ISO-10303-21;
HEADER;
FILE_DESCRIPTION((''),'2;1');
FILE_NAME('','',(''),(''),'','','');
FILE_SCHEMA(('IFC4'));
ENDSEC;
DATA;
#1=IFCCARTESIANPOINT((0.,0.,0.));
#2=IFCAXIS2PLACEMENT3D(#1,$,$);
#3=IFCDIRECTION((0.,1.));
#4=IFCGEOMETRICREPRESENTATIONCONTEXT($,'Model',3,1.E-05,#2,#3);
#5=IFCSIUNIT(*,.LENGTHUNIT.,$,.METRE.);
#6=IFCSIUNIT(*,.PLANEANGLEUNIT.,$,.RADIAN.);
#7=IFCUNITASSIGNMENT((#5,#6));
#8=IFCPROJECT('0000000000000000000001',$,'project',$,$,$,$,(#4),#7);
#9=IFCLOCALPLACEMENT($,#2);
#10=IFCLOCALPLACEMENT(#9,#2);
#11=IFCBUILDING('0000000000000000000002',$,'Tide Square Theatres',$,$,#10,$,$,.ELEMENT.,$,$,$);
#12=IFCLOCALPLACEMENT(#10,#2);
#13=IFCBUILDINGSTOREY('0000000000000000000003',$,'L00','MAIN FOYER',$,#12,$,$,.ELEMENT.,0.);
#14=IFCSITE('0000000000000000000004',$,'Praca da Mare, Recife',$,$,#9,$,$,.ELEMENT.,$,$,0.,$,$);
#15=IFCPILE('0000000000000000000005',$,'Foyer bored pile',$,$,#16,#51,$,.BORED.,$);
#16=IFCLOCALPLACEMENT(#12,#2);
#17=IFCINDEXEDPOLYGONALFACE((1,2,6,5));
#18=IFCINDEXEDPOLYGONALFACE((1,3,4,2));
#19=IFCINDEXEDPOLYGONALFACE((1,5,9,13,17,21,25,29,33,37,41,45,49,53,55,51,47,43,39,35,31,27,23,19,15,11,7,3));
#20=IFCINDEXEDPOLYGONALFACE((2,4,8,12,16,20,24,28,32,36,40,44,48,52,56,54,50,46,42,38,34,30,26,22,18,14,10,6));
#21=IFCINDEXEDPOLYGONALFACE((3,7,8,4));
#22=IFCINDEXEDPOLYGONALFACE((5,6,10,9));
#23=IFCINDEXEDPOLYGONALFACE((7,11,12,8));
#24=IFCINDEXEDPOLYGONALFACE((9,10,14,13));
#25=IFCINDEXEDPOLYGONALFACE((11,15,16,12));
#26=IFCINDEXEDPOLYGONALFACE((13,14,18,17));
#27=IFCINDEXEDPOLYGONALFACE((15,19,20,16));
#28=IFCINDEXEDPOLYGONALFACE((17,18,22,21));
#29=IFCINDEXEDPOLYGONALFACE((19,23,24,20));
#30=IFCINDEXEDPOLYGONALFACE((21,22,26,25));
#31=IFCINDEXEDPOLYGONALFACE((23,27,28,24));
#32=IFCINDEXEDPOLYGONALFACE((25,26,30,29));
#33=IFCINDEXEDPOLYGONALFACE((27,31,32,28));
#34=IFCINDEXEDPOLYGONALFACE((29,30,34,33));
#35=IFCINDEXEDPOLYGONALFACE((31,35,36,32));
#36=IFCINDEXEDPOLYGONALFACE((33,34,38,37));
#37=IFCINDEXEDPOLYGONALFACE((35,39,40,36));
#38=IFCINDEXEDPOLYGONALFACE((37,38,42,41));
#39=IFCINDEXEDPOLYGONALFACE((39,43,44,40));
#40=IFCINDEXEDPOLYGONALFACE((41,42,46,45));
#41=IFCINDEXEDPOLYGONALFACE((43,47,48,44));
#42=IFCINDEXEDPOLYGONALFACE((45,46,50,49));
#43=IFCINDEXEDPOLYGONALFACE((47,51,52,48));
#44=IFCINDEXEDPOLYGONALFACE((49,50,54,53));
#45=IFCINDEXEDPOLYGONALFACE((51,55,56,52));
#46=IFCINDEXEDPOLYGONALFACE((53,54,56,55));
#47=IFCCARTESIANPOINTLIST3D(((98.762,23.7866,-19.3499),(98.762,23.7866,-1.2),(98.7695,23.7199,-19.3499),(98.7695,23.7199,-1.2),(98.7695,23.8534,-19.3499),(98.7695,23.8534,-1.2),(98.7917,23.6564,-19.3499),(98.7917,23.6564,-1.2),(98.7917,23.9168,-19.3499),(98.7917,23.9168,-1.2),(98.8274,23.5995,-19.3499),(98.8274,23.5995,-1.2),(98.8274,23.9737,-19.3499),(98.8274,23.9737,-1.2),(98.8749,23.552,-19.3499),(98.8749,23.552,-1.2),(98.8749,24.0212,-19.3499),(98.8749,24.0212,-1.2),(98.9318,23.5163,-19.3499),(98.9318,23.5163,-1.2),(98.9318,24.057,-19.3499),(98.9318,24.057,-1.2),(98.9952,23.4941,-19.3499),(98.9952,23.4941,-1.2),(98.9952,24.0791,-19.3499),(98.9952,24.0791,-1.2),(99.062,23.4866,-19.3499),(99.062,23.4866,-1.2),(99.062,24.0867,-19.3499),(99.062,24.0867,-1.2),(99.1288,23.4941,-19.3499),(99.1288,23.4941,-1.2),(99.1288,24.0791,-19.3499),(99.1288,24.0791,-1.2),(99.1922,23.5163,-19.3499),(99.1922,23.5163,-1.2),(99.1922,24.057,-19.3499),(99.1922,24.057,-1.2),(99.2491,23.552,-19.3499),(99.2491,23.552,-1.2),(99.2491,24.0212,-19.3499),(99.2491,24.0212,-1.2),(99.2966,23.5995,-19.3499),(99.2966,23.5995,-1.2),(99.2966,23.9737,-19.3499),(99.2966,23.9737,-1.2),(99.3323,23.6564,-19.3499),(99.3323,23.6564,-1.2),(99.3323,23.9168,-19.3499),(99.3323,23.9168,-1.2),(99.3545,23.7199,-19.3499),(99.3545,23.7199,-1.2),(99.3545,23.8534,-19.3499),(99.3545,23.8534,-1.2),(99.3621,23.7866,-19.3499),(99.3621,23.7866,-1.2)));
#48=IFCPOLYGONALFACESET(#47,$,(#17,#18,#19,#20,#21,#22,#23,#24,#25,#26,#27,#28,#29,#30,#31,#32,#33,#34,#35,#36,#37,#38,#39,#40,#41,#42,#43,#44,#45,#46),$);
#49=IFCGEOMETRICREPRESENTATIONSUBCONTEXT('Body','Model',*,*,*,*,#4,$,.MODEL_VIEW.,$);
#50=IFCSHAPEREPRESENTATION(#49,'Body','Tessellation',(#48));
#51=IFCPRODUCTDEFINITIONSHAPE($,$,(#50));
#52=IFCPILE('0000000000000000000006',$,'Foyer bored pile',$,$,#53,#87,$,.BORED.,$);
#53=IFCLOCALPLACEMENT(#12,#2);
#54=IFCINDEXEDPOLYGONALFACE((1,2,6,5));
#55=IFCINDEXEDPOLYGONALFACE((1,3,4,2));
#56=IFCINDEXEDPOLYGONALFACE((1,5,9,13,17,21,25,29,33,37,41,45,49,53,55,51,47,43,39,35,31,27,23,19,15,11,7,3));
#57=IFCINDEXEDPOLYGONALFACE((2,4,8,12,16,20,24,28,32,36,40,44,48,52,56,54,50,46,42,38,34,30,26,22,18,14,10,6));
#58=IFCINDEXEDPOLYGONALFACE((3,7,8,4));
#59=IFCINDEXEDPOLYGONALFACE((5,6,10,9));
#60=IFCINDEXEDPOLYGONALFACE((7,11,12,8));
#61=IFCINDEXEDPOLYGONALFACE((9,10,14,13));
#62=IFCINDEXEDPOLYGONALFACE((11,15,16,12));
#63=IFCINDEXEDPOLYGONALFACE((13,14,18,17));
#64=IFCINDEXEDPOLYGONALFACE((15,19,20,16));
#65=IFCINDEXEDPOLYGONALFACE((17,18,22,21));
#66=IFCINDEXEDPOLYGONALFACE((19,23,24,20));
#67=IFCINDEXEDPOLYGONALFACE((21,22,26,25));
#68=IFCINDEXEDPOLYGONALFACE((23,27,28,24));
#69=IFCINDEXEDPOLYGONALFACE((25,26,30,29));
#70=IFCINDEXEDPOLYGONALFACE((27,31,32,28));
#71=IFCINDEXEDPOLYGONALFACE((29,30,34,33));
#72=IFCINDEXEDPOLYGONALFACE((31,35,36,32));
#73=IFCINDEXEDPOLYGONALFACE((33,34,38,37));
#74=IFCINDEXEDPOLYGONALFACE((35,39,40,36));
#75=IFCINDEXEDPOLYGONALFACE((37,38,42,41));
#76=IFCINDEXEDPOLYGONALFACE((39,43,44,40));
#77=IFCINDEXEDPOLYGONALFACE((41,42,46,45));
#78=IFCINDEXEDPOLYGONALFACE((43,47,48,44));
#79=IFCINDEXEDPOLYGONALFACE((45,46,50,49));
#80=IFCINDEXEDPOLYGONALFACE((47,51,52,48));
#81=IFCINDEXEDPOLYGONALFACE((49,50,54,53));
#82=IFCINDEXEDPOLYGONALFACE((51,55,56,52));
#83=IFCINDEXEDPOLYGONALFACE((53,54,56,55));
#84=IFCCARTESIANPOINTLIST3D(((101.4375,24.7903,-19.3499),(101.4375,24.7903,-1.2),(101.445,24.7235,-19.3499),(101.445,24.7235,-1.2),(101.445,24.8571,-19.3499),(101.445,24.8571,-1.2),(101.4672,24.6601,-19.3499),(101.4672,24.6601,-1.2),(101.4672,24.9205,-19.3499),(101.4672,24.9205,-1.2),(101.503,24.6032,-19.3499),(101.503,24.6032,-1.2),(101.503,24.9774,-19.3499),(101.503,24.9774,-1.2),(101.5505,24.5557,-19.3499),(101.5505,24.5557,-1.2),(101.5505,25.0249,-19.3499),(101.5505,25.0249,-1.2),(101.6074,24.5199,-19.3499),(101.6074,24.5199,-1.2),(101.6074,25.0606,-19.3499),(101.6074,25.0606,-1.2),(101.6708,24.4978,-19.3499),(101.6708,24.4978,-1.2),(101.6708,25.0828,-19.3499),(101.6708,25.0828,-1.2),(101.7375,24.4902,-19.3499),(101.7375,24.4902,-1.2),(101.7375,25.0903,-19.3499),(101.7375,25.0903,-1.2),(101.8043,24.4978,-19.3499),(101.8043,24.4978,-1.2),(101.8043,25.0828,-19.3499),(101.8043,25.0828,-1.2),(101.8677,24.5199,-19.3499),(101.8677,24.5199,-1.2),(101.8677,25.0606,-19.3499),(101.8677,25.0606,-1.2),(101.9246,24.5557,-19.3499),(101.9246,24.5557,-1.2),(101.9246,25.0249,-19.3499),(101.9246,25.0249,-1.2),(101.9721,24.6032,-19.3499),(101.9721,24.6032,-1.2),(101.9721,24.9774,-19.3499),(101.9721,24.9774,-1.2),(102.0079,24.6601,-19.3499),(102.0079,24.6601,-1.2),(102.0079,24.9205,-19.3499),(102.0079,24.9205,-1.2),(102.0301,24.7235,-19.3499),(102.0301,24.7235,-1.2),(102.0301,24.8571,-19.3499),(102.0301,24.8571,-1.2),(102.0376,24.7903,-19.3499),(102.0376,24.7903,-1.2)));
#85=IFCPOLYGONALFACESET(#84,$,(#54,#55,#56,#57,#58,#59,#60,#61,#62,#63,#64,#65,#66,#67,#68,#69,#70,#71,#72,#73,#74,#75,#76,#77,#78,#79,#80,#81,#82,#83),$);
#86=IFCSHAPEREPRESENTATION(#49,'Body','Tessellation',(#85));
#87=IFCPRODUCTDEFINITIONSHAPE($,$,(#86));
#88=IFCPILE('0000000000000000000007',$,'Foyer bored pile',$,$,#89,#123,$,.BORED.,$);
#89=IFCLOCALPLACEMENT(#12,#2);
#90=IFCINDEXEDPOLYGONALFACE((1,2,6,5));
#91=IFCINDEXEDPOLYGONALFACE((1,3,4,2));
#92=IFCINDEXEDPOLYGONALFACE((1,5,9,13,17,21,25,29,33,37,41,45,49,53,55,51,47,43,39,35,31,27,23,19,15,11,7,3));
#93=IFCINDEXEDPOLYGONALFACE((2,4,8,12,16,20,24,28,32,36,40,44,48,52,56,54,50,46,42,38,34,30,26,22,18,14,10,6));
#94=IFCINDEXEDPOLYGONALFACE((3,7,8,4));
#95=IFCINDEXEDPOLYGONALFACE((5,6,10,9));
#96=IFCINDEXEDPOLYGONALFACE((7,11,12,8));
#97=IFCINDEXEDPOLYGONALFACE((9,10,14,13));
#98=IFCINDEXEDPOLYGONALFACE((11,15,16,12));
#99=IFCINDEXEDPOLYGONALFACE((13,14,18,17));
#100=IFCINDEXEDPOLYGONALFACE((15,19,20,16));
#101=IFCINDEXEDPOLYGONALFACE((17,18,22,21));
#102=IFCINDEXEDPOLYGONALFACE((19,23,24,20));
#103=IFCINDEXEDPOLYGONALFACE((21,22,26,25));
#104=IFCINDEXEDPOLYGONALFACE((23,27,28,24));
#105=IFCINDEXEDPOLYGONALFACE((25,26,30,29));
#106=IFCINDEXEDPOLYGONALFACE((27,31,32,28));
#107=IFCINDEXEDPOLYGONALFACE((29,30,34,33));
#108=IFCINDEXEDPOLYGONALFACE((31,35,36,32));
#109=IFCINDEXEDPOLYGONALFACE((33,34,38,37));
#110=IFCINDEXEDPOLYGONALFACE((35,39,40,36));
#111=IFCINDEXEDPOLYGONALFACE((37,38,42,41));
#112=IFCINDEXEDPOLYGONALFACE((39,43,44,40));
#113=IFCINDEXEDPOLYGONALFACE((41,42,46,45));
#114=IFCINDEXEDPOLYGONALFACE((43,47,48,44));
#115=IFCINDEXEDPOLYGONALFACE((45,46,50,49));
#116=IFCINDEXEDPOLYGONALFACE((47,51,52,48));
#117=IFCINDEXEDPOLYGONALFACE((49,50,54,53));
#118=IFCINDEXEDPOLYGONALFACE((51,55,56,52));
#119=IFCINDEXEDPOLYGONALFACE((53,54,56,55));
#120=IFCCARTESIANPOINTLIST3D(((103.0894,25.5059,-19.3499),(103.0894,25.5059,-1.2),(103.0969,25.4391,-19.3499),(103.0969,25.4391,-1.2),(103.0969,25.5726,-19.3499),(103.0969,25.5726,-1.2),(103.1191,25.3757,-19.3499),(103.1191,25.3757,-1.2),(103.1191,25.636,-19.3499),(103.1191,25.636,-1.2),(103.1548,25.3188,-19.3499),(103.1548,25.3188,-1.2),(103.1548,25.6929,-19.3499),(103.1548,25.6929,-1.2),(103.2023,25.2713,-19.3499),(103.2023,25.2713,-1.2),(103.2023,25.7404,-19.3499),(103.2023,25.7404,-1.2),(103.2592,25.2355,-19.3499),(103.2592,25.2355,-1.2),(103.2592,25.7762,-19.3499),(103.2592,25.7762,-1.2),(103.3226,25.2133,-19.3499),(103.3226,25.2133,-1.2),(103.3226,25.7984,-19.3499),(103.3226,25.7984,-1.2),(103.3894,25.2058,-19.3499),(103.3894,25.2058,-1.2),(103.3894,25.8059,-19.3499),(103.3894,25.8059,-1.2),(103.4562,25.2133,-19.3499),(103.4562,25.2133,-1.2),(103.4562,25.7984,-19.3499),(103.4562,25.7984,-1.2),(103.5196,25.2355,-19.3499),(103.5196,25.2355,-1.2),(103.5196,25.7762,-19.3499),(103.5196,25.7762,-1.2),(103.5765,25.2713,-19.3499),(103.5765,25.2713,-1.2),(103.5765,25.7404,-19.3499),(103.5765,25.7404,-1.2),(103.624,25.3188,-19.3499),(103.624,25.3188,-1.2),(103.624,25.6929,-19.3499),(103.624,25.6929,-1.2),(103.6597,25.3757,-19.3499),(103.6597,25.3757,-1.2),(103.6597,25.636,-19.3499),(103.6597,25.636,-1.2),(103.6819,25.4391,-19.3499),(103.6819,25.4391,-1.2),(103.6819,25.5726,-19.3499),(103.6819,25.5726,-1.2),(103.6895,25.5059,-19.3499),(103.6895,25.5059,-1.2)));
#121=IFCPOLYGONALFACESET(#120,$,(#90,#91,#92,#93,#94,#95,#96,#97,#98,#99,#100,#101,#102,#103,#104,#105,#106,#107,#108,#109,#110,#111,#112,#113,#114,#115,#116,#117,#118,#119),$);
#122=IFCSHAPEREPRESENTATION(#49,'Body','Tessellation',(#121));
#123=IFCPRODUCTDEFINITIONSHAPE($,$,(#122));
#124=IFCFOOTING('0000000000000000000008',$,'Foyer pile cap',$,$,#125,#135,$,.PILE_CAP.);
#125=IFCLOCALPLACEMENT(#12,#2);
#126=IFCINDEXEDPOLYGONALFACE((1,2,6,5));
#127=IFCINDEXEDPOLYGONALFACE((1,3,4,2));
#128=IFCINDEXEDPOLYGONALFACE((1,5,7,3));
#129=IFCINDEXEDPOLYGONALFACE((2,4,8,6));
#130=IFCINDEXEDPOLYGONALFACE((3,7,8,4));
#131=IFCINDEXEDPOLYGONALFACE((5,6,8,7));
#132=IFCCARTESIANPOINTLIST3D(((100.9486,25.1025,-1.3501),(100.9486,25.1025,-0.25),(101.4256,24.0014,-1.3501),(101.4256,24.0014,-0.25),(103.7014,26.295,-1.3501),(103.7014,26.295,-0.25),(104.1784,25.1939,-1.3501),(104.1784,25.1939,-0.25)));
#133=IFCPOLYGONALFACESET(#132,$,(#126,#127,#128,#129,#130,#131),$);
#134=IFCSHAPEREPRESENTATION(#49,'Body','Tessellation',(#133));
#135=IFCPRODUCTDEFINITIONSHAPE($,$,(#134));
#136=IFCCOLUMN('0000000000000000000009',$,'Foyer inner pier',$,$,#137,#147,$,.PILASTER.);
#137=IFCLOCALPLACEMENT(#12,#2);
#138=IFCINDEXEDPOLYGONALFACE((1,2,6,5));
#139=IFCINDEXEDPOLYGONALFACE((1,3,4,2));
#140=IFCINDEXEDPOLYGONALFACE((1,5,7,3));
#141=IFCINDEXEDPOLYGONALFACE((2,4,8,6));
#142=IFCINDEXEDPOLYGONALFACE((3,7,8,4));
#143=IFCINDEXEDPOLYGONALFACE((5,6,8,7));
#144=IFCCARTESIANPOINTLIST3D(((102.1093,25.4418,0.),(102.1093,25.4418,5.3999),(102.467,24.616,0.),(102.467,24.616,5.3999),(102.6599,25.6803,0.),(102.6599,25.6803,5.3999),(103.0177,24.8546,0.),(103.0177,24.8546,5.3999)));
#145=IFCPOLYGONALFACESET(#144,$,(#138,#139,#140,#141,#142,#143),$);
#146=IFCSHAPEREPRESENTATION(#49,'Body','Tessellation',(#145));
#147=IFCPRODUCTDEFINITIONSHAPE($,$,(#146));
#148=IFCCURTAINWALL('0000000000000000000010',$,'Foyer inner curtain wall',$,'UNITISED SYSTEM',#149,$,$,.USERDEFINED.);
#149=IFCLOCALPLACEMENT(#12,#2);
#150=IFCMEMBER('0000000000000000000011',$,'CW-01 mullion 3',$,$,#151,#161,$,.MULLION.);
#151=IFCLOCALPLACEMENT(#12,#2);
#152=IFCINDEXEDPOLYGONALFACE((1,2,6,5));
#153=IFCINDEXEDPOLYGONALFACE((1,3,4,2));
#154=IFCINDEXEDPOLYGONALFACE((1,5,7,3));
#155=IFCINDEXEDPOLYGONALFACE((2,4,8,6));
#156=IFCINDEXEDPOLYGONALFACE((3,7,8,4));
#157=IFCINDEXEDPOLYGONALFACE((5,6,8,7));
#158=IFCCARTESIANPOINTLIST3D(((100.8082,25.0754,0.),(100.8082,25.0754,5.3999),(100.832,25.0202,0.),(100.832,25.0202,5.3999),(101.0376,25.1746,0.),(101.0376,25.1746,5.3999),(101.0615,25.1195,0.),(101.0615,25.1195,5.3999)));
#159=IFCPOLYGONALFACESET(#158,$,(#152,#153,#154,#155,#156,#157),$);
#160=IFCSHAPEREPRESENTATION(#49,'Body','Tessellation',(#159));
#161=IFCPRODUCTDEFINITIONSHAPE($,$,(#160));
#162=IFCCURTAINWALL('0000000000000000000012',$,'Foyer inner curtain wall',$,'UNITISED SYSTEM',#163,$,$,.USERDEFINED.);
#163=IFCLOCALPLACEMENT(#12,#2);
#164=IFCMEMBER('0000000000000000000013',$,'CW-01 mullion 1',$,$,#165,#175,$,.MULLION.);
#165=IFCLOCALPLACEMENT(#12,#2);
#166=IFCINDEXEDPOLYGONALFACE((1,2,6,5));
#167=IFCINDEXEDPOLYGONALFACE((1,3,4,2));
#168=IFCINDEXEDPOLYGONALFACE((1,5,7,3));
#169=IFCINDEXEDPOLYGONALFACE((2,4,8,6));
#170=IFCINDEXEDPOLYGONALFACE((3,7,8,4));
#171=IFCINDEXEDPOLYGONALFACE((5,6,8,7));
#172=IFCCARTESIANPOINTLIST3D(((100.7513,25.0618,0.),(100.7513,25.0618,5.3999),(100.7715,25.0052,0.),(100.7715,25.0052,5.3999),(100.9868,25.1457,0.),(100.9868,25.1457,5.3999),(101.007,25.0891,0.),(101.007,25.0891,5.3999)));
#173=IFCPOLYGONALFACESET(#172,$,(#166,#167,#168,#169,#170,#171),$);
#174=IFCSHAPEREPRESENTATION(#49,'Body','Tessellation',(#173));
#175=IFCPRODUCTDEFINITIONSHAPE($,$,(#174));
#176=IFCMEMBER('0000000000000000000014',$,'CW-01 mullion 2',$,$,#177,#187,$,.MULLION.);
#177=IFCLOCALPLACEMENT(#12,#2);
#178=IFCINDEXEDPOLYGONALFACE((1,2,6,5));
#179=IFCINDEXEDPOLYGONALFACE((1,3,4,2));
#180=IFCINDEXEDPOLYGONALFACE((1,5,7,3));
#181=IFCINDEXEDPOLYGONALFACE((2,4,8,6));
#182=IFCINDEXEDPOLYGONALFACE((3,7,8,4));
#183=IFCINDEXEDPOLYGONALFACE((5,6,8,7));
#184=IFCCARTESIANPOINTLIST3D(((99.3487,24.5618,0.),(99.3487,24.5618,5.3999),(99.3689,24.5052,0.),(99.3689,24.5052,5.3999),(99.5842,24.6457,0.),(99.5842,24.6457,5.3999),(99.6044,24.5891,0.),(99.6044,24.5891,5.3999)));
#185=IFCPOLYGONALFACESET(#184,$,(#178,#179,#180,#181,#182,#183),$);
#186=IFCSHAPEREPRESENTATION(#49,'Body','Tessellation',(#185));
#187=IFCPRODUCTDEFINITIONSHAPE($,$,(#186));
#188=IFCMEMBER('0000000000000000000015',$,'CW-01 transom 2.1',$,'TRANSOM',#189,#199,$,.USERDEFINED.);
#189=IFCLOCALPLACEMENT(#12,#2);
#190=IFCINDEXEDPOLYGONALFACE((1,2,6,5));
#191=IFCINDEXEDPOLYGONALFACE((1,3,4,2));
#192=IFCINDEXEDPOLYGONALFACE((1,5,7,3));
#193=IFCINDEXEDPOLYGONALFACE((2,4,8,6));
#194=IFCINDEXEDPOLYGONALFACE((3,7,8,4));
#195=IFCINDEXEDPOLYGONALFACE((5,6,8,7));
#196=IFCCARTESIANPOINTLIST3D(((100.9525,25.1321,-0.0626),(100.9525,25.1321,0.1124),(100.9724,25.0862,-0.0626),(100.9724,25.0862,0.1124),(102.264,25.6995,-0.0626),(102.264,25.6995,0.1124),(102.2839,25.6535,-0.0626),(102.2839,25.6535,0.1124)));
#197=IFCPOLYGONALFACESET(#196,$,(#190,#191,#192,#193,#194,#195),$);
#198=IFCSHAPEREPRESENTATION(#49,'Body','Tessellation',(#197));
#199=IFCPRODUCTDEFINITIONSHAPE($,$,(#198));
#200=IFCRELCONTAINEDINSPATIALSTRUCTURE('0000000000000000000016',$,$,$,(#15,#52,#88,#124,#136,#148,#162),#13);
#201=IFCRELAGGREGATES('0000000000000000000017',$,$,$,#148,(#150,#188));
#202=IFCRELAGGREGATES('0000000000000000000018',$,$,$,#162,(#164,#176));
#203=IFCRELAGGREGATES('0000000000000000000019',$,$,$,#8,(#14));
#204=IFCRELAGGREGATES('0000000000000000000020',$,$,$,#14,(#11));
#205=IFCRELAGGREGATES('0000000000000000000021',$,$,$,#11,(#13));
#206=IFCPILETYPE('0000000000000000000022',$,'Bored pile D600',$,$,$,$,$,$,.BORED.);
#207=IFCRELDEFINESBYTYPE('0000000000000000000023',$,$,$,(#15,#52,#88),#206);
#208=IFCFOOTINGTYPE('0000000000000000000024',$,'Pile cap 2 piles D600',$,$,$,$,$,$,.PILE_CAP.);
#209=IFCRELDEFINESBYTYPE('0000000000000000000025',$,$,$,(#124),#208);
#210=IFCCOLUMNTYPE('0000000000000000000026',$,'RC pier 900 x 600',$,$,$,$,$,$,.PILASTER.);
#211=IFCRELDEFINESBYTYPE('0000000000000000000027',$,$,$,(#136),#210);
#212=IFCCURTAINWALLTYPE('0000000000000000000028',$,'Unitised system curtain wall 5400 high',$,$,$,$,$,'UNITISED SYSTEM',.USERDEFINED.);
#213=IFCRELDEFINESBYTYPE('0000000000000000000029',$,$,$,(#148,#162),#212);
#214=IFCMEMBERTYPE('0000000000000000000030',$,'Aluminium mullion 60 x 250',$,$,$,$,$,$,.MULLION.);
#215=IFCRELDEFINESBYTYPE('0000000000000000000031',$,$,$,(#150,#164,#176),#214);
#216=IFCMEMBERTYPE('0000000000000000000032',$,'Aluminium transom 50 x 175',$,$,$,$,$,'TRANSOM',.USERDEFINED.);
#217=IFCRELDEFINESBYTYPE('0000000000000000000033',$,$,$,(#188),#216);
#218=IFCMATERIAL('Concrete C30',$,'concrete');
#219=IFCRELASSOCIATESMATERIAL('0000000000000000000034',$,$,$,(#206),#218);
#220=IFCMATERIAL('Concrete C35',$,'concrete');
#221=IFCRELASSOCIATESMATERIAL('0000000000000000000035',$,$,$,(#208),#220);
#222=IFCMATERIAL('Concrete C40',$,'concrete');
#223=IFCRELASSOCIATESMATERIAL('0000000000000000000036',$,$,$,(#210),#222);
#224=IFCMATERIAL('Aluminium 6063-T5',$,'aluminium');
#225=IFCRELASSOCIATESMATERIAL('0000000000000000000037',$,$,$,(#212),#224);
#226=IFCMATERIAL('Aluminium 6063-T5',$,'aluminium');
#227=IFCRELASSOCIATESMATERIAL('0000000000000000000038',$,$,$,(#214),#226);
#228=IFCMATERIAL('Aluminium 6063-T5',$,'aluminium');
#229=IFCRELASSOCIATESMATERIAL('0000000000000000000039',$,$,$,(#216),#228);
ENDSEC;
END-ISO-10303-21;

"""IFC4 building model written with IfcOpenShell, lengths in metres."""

from ifc_helpers import new_model, si_unit, direction, frame, origin, origin_2d, place, context, subcontext, project, spatial, rectangle, circle, extrude, material, material_profile, profile_set, type_object, element, aggregate, save


model = new_model("IFC4")

# Units and contexts
model_context = context("Model", 3, precision=1e-05, world=origin(), true_north=direction((0.0, 1.0)))
body_context = subcontext(model_context, "Body", "Model", "MODEL_VIEW")
ifc_project = project(units=[si_unit("LENGTHUNIT", "METRE"), si_unit("PLANEANGLEUNIT", "RADIAN")], contexts=[model_context])

# Site, building, storey
site_placement = place(None, origin())
site = spatial("IfcSite", under=ifc_project, at=site_placement, Name="Praca da Mare, Recife", CompositionType="ELEMENT", RefElevation=0.0)
building_placement = place(site_placement, origin())
building = spatial("IfcBuilding", under=site, at=building_placement, Name="Tide Square Theatres", CompositionType="ELEMENT")
storey_placement = place(building_placement, origin())
storey = spatial("IfcBuildingStorey", under=building, at=storey_placement, Name="L00", Description="MAIN FOYER", CompositionType="ELEMENT", Elevation=0.0)

# Piles
ifc_material_1 = material(Name="Concrete C30", Category="concrete")
ifc_material_profile_1 = material_profile(ifc_material_1, circle(Radius=0.3, at=origin_2d()))
ifc_profile_set_1 = profile_set([ifc_material_profile_1], Name="Concrete C30")
pile_type = type_object("IfcPileType", Name="Bored pile D600", PredefinedType="BORED", material=ifc_profile_set_1)
for number, where, z_axis, x_axis, name in (
    (1, (99.062, 23.7866, -1.2), (0.0, 0.0, -1.0), (1.0, 0.0, 0.0), "Foyer bored pile"),
    (2, (101.7375, 24.7903, -1.2), (0.0, 0.0, -1.0), (1.0, 0.0, 0.0), "Foyer bored pile"),
    (3, (103.3894, 25.5059, -1.2), (0.0, 0.0, -1.0), (1.0, 0.0, 0.0), "Foyer bored pile"),
):
    element("IfcPile", number, at=place(storey_placement, frame(where, z_axis=z_axis, x_axis=x_axis)), inside=storey, type_object=pile_type, Name=name, PredefinedType="BORED", context=body_context, shape_type="SweptSolid", body=[
        extrude(circle(Radius=0.3, at=origin_2d()), origin(), (0.0, 0.0, 1.0), 18.1499),
    ])

# Footing
ifc_material_2 = material(Name="Concrete C35", Category="concrete")
footing_type = type_object("IfcFootingType", Name="Pile cap 2 piles D600", PredefinedType="PILE_CAP", material=ifc_material_2)
footing_placement = place(storey_placement, frame((102.5635, 25.1482, -1.3501), z_axis=(0.0, 0.0, 1.0), x_axis=(0.9176, 0.397505, 0.0)))
element("IfcFooting", 4, at=footing_placement, inside=storey, type_object=footing_type, Name="Foyer pile cap", PredefinedType="PILE_CAP", context=body_context, shape_type="SweptSolid", body=[
    extrude(rectangle(XDim=3.0, YDim=1.2, at=origin_2d()), origin(), (0.0, 0.0, 1.0), 1.1001),
])

# Column
ifc_material_3 = material(Name="Concrete C40", Category="concrete")
ifc_material_profile_2 = material_profile(ifc_material_3, rectangle(XDim=0.8999, YDim=0.6001, at=origin_2d()))
ifc_profile_set_2 = profile_set([ifc_material_profile_2], Name="Concrete C40")
column_type = type_object("IfcColumnType", Name="RC pier 900 x 600", PredefinedType="PILASTER", material=ifc_profile_set_2)
column_placement = place(storey_placement, frame((102.5635, 25.1482, 0.0), z_axis=(0.0, 0.0, 1.0), x_axis=(0.397505, -0.9176, 0.0)))
element("IfcColumn", 5, at=column_placement, inside=storey, type_object=column_type, Name="Foyer inner pier", PredefinedType="PILASTER", context=body_context, shape_type="SweptSolid", body=[
    extrude(rectangle(XDim=0.8999, YDim=0.6001, at=origin_2d()), origin(), (0.0, 0.0, 1.0), 5.3999),
])

# Curtain wall, member
ifc_material_4 = material(Name="Aluminium 6063-T5", Category="aluminium")
curtain_wall_type = type_object("IfcCurtainWallType", Name="Unitised system curtain wall 5400 high", ElementType="UNITISED SYSTEM", PredefinedType="USERDEFINED", material=ifc_material_4)
curtain_wall_1_placement = place(storey_placement, origin())
curtain_wall_1 = element("IfcCurtainWall", 6, at=curtain_wall_1_placement, inside=storey, type_object=curtain_wall_type, Name="Foyer inner curtain wall", ObjectType="UNITISED SYSTEM", PredefinedType="USERDEFINED")
ifc_material_5 = material(Name="Aluminium 6063-T5", Category="aluminium")
ifc_material_profile_3 = material_profile(ifc_material_5, rectangle(XDim=0.0601, YDim=0.25, at=origin_2d()))
ifc_profile_set_3 = profile_set([ifc_material_profile_3], Name="Aluminium 6063-T5")
member_type_1 = type_object("IfcMemberType", Name="Aluminium mullion 60 x 250", PredefinedType="MULLION", material=ifc_profile_set_3)
member_1_placement = place(storey_placement, frame((100.9348, 25.0974, 0.0), z_axis=(0.0, 0.0, 1.0), x_axis=(0.39698, -0.917827, 0.0)))
member_1 = element("IfcMember", 7, at=member_1_placement, type_object=member_type_1, Name="CW-01 mullion 3", PredefinedType="MULLION", context=body_context, shape_type="SweptSolid", body=[
    extrude(rectangle(XDim=0.0601, YDim=0.25, at=origin_2d()), origin(), (0.0, 0.0, 1.0), 5.3999),
])

# Curtain wall, members
curtain_wall_2_placement = place(storey_placement, origin())
curtain_wall_2 = element("IfcCurtainWall", 8, at=curtain_wall_2_placement, inside=storey, type_object=curtain_wall_type, Name="Foyer inner curtain wall", ObjectType="UNITISED SYSTEM", PredefinedType="USERDEFINED")
member_2_placement = place(storey_placement, frame((100.8792, 25.0754, 0.0), z_axis=(0.0, 0.0, 1.0), x_axis=(0.335723, -0.941961, 0.0)))
member_2 = element("IfcMember", 9, at=member_2_placement, type_object=member_type_1, Name="CW-01 mullion 1", PredefinedType="MULLION", context=body_context, shape_type="SweptSolid", body=[
    extrude(rectangle(XDim=0.0601, YDim=0.25, at=origin_2d()), origin(), (0.0, 0.0, 1.0), 5.3999),
])
member_3_placement = place(storey_placement, frame((99.4766, 24.5754, 0.0), z_axis=(0.0, 0.0, 1.0), x_axis=(0.335723, -0.941961, 0.0)))
member_3 = element("IfcMember", 10, at=member_3_placement, type_object=member_type_1, Name="CW-01 mullion 2", PredefinedType="MULLION", context=body_context, shape_type="SweptSolid", body=[
    extrude(rectangle(XDim=0.0601, YDim=0.25, at=origin_2d()), origin(), (0.0, 0.0, 1.0), 5.3999),
])

# Member
ifc_material_6 = material(Name="Aluminium 6063-T5", Category="aluminium")
ifc_material_profile_4 = material_profile(ifc_material_6, rectangle(XDim=0.05, YDim=0.175, at=origin_2d()))
ifc_profile_set_4 = profile_set([ifc_material_profile_4], Name="Aluminium 6063-T5")
member_type_2 = type_object("IfcMemberType", Name="Aluminium transom 50 x 175", ElementType="TRANSOM", PredefinedType="USERDEFINED", material=ifc_profile_set_4)
member_4_placement = place(storey_placement, frame((102.2739, 25.6765, 0.0249), z_axis=(-0.917796, -0.397051, 0.0), x_axis=(0.397051, -0.917796, 0.0)))
member_4 = element("IfcMember", 11, at=member_4_placement, type_object=member_type_2, Name="CW-01 transom 2.1", ObjectType="TRANSOM", PredefinedType="USERDEFINED", context=body_context, shape_type="SweptSolid", body=[
    extrude(rectangle(XDim=0.05, YDim=0.175, at=origin_2d()), origin(), (0.0, 0.0, 1.0), 1.429),
])

aggregate(curtain_wall_1, [member_1, member_4])
aggregate(curtain_wall_2, [member_2, member_3])

save(model, "model.ifc")
